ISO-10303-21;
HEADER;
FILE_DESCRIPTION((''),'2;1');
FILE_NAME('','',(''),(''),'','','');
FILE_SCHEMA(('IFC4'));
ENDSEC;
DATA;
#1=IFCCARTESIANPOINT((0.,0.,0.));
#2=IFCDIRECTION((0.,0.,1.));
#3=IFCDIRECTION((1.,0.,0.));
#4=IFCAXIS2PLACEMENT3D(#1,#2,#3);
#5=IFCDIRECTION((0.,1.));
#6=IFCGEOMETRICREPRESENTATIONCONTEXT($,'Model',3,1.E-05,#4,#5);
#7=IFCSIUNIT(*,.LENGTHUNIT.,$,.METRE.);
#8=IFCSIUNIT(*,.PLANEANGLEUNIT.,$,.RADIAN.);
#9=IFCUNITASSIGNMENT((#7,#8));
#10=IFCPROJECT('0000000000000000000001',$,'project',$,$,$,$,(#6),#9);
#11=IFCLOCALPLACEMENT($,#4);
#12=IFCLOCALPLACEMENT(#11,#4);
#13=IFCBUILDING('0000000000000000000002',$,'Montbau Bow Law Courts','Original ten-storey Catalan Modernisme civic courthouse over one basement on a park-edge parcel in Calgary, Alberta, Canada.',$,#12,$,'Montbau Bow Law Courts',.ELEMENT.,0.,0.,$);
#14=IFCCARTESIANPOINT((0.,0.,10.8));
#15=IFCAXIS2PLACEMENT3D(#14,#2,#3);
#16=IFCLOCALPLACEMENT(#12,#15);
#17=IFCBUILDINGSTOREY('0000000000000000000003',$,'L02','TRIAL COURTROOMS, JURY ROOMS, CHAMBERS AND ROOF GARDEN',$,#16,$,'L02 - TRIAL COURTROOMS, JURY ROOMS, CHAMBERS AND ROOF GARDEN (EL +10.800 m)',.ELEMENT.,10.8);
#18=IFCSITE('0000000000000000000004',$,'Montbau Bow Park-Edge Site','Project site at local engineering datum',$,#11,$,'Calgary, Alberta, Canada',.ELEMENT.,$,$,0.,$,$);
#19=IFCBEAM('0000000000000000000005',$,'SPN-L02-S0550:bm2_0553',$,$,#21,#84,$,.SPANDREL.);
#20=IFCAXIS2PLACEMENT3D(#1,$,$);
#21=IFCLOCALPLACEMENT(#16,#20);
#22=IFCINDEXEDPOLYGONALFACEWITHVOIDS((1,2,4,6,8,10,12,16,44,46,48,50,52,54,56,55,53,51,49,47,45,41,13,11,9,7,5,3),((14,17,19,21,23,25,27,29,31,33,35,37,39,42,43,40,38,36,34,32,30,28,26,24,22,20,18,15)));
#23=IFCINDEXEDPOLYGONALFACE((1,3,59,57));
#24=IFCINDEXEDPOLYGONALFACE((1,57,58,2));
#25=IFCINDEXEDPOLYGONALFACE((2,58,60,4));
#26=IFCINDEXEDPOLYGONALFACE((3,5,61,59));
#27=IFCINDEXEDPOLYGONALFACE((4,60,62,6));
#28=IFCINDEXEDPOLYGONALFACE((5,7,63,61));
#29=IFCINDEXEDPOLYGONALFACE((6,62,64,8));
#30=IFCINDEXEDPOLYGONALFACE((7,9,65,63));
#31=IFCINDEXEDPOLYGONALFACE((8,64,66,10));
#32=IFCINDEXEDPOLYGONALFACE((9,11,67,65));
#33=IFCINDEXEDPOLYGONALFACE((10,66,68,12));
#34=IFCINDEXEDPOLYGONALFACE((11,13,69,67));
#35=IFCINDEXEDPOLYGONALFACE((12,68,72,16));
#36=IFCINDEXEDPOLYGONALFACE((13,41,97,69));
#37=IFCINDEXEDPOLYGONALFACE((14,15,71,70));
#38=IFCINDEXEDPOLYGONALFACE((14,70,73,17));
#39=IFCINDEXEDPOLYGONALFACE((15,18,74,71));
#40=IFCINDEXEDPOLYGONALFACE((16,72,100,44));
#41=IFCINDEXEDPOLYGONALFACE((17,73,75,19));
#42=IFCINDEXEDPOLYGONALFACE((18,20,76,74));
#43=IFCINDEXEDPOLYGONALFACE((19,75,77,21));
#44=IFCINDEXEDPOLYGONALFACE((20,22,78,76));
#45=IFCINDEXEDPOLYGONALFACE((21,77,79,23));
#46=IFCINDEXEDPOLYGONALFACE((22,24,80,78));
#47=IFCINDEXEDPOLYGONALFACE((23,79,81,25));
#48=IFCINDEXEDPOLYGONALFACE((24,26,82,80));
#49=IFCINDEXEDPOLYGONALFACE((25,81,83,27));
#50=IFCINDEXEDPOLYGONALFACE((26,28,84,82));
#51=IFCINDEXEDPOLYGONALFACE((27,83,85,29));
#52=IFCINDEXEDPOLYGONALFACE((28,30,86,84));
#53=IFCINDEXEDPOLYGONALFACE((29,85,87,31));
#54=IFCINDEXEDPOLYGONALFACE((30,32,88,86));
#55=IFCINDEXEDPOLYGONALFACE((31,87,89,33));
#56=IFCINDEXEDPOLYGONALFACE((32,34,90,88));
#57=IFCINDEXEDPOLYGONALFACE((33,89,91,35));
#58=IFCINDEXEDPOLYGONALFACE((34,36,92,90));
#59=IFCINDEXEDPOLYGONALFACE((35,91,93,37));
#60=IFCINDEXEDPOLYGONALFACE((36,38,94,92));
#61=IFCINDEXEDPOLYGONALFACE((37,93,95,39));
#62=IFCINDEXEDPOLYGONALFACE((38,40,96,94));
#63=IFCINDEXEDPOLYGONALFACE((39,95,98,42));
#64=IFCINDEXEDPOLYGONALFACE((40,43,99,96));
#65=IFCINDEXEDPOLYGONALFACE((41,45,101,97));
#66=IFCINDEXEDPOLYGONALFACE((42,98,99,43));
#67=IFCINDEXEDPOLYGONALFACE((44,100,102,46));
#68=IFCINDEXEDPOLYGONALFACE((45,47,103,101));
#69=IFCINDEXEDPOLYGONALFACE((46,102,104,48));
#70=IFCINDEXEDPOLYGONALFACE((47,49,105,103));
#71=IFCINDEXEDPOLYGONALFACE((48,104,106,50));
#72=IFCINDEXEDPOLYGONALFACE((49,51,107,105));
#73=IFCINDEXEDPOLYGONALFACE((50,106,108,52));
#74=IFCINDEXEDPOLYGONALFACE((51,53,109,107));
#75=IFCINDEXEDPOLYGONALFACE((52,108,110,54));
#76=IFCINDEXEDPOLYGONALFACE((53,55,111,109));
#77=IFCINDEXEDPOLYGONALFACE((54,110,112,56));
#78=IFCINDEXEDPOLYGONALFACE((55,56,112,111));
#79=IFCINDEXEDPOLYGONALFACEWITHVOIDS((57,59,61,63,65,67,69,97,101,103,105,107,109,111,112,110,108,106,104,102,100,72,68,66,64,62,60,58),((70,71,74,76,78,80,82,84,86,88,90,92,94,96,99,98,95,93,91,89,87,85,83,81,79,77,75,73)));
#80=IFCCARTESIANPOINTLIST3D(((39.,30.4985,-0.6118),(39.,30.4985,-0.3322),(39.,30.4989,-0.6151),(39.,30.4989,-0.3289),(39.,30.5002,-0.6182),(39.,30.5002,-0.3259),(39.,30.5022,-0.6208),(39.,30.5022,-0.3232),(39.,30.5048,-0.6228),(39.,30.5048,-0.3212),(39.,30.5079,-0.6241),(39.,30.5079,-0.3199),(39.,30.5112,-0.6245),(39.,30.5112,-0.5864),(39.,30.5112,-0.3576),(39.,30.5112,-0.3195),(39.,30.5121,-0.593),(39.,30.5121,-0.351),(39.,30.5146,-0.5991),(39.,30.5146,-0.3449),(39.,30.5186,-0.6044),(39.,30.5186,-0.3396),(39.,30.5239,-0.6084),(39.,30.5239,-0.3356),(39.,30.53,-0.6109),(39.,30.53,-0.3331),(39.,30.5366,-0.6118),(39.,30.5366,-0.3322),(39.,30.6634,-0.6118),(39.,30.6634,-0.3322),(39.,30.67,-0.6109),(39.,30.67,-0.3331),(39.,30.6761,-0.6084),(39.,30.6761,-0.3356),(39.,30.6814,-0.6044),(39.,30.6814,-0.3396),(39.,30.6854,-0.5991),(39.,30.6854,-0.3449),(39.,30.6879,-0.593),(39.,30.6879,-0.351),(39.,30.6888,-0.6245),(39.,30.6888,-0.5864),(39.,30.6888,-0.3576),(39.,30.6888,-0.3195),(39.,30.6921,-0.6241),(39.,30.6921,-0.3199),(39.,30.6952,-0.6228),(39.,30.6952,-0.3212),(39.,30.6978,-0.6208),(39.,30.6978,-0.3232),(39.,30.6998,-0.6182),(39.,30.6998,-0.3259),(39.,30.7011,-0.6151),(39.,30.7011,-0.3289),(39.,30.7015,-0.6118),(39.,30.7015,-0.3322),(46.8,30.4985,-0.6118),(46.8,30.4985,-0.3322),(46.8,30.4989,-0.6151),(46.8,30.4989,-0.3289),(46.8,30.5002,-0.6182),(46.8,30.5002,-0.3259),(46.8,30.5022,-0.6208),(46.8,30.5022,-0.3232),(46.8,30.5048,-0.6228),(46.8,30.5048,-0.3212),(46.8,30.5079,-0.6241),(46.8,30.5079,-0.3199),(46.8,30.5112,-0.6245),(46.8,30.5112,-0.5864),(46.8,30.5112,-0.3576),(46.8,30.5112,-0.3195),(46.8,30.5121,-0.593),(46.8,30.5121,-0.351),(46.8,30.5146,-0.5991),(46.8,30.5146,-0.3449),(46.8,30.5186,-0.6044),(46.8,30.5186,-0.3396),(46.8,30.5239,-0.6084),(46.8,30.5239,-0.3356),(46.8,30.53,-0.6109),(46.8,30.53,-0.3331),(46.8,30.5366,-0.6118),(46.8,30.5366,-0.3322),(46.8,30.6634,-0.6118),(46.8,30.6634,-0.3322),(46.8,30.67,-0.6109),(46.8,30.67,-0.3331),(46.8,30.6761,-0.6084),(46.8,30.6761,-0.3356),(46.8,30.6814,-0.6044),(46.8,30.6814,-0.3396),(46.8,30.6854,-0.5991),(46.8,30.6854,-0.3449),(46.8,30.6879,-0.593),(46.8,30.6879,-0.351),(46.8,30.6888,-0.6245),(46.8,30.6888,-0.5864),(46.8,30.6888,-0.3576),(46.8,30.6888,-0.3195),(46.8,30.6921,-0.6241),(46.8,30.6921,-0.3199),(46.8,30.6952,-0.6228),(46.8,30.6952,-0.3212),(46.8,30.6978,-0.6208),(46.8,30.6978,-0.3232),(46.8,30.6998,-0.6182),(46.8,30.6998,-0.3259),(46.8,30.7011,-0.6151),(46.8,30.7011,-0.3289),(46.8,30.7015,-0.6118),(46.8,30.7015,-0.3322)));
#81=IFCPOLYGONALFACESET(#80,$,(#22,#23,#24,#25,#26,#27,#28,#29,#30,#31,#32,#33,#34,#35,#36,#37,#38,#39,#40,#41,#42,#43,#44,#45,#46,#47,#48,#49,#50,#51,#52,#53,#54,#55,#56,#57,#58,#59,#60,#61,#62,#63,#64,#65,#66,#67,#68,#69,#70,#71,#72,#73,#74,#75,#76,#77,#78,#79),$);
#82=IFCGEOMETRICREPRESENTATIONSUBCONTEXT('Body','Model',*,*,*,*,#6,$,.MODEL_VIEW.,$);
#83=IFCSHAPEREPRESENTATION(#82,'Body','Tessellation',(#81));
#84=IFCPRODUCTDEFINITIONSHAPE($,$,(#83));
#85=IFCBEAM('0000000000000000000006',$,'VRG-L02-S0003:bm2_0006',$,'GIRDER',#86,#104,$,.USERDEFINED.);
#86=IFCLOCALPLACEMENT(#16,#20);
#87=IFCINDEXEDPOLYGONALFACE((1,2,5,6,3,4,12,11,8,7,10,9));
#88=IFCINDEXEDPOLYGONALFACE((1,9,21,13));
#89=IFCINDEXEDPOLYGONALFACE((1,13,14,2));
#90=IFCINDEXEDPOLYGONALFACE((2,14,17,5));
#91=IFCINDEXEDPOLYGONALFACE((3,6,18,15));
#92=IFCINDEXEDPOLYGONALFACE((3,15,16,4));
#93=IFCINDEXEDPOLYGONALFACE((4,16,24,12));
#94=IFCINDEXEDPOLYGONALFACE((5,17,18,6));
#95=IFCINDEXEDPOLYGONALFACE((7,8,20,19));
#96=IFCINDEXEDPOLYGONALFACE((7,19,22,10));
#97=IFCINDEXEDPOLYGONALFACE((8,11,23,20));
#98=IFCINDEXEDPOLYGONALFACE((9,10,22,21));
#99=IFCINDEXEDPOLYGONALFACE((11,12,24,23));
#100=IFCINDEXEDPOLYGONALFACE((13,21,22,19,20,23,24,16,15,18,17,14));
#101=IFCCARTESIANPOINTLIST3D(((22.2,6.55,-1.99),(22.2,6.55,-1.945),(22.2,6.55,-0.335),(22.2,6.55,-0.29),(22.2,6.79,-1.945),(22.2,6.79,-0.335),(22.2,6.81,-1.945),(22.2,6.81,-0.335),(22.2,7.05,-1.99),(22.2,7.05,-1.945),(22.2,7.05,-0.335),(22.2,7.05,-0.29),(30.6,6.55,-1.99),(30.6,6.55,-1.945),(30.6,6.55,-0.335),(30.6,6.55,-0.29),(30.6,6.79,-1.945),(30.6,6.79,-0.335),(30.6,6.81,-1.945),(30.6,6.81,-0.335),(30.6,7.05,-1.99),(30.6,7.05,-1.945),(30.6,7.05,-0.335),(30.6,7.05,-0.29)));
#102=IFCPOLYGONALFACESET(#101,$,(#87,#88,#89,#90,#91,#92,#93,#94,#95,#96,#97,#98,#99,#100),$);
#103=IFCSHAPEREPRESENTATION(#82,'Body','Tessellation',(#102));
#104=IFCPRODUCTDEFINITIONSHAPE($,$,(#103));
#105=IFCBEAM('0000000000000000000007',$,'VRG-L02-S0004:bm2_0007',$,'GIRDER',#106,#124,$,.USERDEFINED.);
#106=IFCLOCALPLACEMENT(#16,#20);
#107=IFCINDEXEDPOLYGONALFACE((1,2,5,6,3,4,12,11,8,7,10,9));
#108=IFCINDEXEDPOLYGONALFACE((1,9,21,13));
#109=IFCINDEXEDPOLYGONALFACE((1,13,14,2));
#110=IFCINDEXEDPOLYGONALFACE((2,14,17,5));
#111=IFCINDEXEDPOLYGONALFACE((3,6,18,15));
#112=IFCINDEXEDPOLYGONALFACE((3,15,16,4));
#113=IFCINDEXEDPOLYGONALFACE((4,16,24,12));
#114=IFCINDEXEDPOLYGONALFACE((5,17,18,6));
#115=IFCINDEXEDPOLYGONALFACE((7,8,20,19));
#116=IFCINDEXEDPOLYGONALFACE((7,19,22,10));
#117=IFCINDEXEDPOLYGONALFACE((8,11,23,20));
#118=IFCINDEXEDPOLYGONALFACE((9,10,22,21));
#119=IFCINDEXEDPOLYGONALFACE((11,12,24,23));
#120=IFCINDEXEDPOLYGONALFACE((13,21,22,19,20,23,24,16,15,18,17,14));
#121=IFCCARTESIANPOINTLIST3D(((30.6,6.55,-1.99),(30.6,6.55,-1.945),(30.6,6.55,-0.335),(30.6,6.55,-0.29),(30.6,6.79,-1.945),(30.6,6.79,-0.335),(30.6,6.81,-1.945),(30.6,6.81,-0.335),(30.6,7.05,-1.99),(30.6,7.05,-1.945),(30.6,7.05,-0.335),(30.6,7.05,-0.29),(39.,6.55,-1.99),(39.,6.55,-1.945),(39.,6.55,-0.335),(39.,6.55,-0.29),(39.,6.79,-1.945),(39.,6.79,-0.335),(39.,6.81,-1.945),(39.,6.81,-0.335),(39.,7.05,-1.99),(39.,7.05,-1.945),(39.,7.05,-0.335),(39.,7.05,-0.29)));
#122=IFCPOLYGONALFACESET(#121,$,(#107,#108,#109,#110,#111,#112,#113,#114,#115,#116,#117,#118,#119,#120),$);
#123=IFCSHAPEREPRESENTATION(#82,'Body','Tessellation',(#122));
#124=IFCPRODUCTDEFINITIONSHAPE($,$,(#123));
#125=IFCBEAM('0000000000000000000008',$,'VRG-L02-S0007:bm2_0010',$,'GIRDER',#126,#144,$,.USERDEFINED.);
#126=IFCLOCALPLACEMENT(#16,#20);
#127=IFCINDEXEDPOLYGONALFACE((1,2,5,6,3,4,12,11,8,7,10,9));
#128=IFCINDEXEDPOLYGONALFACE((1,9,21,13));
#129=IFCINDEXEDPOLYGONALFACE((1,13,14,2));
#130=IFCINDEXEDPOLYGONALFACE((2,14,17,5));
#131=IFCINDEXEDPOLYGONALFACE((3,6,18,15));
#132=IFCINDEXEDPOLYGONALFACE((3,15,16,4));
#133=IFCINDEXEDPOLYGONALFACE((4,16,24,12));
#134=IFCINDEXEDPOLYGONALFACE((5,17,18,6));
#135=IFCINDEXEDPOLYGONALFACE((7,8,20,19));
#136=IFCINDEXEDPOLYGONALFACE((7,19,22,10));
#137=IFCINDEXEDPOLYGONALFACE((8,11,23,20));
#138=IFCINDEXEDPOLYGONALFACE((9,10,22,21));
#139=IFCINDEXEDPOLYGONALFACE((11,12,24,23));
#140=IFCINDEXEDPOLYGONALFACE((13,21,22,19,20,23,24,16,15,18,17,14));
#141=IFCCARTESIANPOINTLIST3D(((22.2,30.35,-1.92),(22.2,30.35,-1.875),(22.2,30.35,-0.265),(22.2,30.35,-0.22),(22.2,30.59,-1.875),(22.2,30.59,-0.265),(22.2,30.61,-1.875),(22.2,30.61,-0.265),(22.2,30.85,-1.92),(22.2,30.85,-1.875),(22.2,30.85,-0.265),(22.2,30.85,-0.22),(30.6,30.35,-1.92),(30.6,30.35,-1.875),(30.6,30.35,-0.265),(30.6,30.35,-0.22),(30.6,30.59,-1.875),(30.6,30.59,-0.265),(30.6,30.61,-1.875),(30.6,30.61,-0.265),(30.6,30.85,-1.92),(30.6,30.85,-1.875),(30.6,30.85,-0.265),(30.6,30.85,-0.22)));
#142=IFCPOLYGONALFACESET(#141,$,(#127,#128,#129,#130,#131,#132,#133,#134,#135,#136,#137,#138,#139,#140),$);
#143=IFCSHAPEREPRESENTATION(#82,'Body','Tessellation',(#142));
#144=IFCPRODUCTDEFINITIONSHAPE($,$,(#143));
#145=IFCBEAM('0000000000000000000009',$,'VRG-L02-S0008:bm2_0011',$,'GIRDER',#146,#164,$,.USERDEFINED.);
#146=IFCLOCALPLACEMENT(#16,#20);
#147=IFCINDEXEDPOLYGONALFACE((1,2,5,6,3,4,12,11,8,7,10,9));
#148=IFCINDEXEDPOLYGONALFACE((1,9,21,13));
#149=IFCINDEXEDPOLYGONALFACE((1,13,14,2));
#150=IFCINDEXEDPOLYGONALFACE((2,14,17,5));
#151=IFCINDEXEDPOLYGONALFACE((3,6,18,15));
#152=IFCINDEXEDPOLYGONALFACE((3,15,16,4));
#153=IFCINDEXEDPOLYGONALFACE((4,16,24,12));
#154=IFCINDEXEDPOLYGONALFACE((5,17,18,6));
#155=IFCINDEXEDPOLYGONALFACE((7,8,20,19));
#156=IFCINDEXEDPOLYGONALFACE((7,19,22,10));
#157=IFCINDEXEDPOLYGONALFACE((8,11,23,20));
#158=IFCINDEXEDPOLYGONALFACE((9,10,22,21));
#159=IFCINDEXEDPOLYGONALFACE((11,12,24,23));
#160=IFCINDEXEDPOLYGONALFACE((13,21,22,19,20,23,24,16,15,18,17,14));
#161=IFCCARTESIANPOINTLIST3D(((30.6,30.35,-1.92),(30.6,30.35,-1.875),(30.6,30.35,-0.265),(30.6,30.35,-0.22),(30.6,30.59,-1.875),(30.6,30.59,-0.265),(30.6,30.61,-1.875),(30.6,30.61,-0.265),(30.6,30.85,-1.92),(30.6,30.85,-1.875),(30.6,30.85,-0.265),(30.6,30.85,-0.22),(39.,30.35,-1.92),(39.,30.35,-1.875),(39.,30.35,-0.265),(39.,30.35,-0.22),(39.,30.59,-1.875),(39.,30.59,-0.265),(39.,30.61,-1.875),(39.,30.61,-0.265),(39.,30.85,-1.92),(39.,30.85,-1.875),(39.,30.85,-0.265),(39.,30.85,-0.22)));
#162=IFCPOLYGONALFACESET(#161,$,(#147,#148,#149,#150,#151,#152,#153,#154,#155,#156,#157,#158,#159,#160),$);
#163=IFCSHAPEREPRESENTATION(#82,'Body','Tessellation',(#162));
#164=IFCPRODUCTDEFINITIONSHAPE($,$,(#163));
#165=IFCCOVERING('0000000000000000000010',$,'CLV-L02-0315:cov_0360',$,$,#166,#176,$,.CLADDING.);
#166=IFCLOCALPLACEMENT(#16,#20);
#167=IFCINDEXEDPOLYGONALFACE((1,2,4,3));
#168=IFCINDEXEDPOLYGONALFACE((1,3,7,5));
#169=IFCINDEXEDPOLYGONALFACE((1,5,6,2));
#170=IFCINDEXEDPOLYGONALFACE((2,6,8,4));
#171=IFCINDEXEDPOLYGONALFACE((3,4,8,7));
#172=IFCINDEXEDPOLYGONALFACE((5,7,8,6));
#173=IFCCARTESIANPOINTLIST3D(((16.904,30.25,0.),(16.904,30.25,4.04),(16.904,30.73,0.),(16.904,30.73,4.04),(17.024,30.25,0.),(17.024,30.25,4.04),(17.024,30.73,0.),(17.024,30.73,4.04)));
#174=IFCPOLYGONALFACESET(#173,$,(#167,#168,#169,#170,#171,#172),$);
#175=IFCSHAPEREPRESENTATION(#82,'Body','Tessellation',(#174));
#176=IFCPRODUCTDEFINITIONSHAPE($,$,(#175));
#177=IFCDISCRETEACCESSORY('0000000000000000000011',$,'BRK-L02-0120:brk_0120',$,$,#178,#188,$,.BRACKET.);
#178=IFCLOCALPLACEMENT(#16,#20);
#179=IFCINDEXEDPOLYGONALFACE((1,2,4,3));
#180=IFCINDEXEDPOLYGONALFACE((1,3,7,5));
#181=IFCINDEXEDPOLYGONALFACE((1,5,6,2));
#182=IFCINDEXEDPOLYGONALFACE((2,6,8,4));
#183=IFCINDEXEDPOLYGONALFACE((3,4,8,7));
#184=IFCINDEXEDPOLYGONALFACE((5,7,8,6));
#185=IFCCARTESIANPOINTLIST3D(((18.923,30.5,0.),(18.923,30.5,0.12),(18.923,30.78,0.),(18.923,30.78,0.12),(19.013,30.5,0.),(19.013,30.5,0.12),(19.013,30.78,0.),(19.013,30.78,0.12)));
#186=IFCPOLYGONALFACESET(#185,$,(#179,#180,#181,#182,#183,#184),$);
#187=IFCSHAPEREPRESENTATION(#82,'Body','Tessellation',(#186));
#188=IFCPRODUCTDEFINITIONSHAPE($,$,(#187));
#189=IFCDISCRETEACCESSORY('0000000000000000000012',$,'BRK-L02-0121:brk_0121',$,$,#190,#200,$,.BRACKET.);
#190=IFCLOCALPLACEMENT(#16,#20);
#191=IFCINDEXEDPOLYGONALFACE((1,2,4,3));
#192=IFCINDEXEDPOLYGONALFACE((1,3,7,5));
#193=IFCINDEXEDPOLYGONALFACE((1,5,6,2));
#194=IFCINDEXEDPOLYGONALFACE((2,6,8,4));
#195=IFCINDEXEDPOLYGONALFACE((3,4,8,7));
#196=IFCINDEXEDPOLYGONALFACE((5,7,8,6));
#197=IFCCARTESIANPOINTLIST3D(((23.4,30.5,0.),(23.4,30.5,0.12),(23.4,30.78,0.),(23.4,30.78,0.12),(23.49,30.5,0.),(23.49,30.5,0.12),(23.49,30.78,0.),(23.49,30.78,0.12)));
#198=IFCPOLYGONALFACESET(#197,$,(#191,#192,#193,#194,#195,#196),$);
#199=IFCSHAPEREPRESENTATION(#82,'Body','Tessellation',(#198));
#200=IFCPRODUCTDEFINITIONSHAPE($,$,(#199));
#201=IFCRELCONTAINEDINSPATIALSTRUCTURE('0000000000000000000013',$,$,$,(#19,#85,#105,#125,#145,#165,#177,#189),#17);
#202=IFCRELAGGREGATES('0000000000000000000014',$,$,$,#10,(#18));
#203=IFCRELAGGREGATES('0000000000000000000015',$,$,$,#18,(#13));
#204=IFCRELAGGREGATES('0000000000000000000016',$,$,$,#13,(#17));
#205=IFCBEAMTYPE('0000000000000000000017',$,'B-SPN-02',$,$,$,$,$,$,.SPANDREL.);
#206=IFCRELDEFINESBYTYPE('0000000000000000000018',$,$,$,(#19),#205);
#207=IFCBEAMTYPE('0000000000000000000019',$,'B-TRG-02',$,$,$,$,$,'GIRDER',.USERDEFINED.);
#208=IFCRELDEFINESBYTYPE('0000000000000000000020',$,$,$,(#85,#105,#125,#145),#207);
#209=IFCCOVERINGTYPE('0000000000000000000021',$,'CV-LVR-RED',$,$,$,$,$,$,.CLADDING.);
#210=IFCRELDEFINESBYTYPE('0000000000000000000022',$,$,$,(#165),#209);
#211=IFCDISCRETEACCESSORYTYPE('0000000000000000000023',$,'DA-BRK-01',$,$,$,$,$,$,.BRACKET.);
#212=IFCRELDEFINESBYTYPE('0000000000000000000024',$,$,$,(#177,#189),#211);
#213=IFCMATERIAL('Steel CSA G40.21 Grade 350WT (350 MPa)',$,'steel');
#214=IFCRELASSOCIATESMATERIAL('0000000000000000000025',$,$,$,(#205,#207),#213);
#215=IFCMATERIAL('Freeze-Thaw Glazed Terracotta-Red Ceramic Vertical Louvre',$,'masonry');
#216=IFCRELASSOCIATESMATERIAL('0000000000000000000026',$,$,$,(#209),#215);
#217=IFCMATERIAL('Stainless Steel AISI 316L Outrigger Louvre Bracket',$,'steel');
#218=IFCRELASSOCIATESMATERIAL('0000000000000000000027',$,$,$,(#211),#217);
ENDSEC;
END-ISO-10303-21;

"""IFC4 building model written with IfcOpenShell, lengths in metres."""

from ifc_helpers import new_model, si_unit, direction, frame, frame_2d, origin_with_axes, origin_2d_with_axis, place, context, subcontext, project, spatial, rectangle, hollow_rectangle, i_section, extrude, material, material_profile, profile_set, type_object, element, save


model = new_model("IFC4")

# Units and contexts
model_context = context("Model", 3, precision=1e-05, world=origin_with_axes(), true_north=direction((0.0, 1.0)))
body_context = subcontext(model_context, "Body", "Model", "MODEL_VIEW")
ifc_project = project(units=[si_unit("LENGTHUNIT", "METRE"), si_unit("PLANEANGLEUNIT", "RADIAN")], contexts=[model_context])

# Site, building, storey
site_placement = place(None, origin_with_axes())
site = spatial("IfcSite", under=ifc_project, at=site_placement, Name="Montbau Bow Park-Edge Site", Description="Project site at local engineering datum", LongName="Calgary, Alberta, Canada", CompositionType="ELEMENT", RefElevation=0.0)
building_placement = place(site_placement, origin_with_axes())
building = spatial("IfcBuilding", under=site, at=building_placement, Name="Montbau Bow Law Courts", Description="Original ten-storey Catalan Modernisme civic courthouse over one basement on a park-edge parcel in Calgary, Alberta, Canada.", LongName="Montbau Bow Law Courts", CompositionType="ELEMENT", ElevationOfRefHeight=0.0, ElevationOfTerrain=0.0)
storey_placement = place(building_placement, frame((0.0, 0.0, 10.8), z_axis=(0.0, 0.0, 1.0), x_axis=(1.0, 0.0, 0.0)))
storey = spatial("IfcBuildingStorey", under=building, at=storey_placement, Name="L02", Description="TRIAL COURTROOMS, JURY ROOMS, CHAMBERS AND ROOF GARDEN", LongName="L02 - TRIAL COURTROOMS, JURY ROOMS, CHAMBERS AND ROOF GARDEN (EL +10.800 m)", CompositionType="ELEMENT", Elevation=10.8)

# Beams
ifc_material_1 = material(Name="Steel CSA G40.21 Grade 350WT (350 MPa)", Category="steel")
ifc_material_profile_1 = material_profile(ifc_material_1, hollow_rectangle(XDim=0.203, YDim=0.305, WallThickness=0.0127, InnerFilletRadius=0.0254, OuterFilletRadius=0.0127, at=origin_2d_with_axis()), Name="HSS305X203X13", Category="Main", Priority=0)
ifc_profile_set_1 = profile_set([ifc_material_profile_1], Name="Steel CSA G40.21 Grade 350WT (350 MPa)")
beam_type_1 = type_object("IfcBeamType", Name="B-SPN-02", PredefinedType="SPANDREL", material=ifc_profile_set_1)
beam_1_placement = place(None, frame((39.0, 30.6, 10.328), z_axis=(1.0, 0.0, 0.0), x_axis=(0.0, 1.0, 0.0)))
element("IfcBeam", 1, at=beam_1_placement, inside=storey, type_object=beam_type_1, Name="SPN-L02-S0550:bm2_0553", PredefinedType="SPANDREL", context=body_context, shape_type="SweptSolid", body=[
    extrude(hollow_rectangle(XDim=0.203, YDim=0.305, WallThickness=0.0127, InnerFilletRadius=0.0254, OuterFilletRadius=0.0127, at=origin_2d_with_axis()), origin_with_axes(), (0.0, 0.0, 1.0), 7.8),
])
ifc_material_profile_2 = material_profile(ifc_material_1, i_section(OverallWidth=0.5, OverallDepth=1.7, WebThickness=0.02, FlangeThickness=0.045, at=origin_2d_with_axis()), Name="WWF1700X480", Category="Main", Priority=0)
ifc_profile_set_2 = profile_set([ifc_material_profile_2], Name="Steel CSA G40.21 Grade 350WT (350 MPa)")
beam_type_2 = type_object("IfcBeamType", Name="B-TRG-02", ElementType="GIRDER", PredefinedType="USERDEFINED", material=ifc_profile_set_2)
for number, where, z_axis, x_axis, name in (
    (2, (22.2, 6.8, 9.66), (1.0, 0.0, 0.0), (0.0, 1.0, 0.0), "VRG-L02-S0003:bm2_0006"),
    (3, (30.6, 6.8, 9.66), (1.0, 0.0, 0.0), (0.0, 1.0, 0.0), "VRG-L02-S0004:bm2_0007"),
    (4, (22.2, 30.6, 9.73), (1.0, 0.0, 0.0), (0.0, 1.0, 0.0), "VRG-L02-S0007:bm2_0010"),
    (5, (30.6, 30.6, 9.73), (1.0, 0.0, 0.0), (0.0, 1.0, 0.0), "VRG-L02-S0008:bm2_0011"),
):
    element("IfcBeam", number, at=place(None, frame(where, z_axis=z_axis, x_axis=x_axis)), inside=storey, type_object=beam_type_2, Name=name, ObjectType="GIRDER", PredefinedType="USERDEFINED", context=body_context, shape_type="SweptSolid", body=[
        extrude(i_section(OverallWidth=0.5, OverallDepth=1.7, WebThickness=0.02, FlangeThickness=0.045, at=origin_2d_with_axis()), origin_with_axes(), (0.0, 0.0, 1.0), 8.4),
    ])

# Covering
ifc_material_2 = material(Name="Freeze-Thaw Glazed Terracotta-Red Ceramic Vertical Louvre", Category="masonry")
covering_type = type_object("IfcCoveringType", Name="CV-LVR-RED", PredefinedType="CLADDING", material=ifc_material_2)
covering_placement = place(None, frame((16.964, 30.73, 10.8), z_axis=(-1.0, 0.0, 0.0), x_axis=(0.0, -1.0, 0.0)))
element("IfcCovering", 6, at=covering_placement, inside=storey, type_object=covering_type, Name="CLV-L02-0315:cov_0360", PredefinedType="CLADDING", context=body_context, shape_type="SweptSolid", body=[
    extrude(rectangle(XDim=0.48, YDim=4.04, at=frame_2d((0.24, 2.02), x_axis=(1.0, 0.0))), frame((0.0, 0.0, -0.06), z_axis=(0.0, 0.0, 1.0), x_axis=(1.0, 0.0, 0.0)), (0.0, 0.0, 1.0), 0.12),
])

# Discrete accessories
ifc_material_3 = material(Name="Stainless Steel AISI 316L Outrigger Louvre Bracket", Category="steel")
discrete_accessory_type = type_object("IfcDiscreteAccessoryType", Name="DA-BRK-01", PredefinedType="BRACKET", material=ifc_material_3)
for number, where, z_axis, x_axis, name in (
    (7, (18.968, 30.64, 10.8), (0.0, 0.0, 1.0), (0.0, -1.0, 0.0), "BRK-L02-0120:brk_0120"),
    (8, (23.445, 30.64, 10.8), (0.0, 0.0, 1.0), (0.0, -1.0, 0.0), "BRK-L02-0121:brk_0121"),
):
    element("IfcDiscreteAccessory", number, at=place(None, frame(where, z_axis=z_axis, x_axis=x_axis)), inside=storey, type_object=discrete_accessory_type, Name=name, PredefinedType="BRACKET", context=body_context, shape_type="SweptSolid", body=[
        extrude(rectangle(XDim=0.28, YDim=0.09, at=origin_2d_with_axis()), origin_with_axes(), (0.0, 0.0, 1.0), 0.12),
    ])

save(model, "model.ifc")
